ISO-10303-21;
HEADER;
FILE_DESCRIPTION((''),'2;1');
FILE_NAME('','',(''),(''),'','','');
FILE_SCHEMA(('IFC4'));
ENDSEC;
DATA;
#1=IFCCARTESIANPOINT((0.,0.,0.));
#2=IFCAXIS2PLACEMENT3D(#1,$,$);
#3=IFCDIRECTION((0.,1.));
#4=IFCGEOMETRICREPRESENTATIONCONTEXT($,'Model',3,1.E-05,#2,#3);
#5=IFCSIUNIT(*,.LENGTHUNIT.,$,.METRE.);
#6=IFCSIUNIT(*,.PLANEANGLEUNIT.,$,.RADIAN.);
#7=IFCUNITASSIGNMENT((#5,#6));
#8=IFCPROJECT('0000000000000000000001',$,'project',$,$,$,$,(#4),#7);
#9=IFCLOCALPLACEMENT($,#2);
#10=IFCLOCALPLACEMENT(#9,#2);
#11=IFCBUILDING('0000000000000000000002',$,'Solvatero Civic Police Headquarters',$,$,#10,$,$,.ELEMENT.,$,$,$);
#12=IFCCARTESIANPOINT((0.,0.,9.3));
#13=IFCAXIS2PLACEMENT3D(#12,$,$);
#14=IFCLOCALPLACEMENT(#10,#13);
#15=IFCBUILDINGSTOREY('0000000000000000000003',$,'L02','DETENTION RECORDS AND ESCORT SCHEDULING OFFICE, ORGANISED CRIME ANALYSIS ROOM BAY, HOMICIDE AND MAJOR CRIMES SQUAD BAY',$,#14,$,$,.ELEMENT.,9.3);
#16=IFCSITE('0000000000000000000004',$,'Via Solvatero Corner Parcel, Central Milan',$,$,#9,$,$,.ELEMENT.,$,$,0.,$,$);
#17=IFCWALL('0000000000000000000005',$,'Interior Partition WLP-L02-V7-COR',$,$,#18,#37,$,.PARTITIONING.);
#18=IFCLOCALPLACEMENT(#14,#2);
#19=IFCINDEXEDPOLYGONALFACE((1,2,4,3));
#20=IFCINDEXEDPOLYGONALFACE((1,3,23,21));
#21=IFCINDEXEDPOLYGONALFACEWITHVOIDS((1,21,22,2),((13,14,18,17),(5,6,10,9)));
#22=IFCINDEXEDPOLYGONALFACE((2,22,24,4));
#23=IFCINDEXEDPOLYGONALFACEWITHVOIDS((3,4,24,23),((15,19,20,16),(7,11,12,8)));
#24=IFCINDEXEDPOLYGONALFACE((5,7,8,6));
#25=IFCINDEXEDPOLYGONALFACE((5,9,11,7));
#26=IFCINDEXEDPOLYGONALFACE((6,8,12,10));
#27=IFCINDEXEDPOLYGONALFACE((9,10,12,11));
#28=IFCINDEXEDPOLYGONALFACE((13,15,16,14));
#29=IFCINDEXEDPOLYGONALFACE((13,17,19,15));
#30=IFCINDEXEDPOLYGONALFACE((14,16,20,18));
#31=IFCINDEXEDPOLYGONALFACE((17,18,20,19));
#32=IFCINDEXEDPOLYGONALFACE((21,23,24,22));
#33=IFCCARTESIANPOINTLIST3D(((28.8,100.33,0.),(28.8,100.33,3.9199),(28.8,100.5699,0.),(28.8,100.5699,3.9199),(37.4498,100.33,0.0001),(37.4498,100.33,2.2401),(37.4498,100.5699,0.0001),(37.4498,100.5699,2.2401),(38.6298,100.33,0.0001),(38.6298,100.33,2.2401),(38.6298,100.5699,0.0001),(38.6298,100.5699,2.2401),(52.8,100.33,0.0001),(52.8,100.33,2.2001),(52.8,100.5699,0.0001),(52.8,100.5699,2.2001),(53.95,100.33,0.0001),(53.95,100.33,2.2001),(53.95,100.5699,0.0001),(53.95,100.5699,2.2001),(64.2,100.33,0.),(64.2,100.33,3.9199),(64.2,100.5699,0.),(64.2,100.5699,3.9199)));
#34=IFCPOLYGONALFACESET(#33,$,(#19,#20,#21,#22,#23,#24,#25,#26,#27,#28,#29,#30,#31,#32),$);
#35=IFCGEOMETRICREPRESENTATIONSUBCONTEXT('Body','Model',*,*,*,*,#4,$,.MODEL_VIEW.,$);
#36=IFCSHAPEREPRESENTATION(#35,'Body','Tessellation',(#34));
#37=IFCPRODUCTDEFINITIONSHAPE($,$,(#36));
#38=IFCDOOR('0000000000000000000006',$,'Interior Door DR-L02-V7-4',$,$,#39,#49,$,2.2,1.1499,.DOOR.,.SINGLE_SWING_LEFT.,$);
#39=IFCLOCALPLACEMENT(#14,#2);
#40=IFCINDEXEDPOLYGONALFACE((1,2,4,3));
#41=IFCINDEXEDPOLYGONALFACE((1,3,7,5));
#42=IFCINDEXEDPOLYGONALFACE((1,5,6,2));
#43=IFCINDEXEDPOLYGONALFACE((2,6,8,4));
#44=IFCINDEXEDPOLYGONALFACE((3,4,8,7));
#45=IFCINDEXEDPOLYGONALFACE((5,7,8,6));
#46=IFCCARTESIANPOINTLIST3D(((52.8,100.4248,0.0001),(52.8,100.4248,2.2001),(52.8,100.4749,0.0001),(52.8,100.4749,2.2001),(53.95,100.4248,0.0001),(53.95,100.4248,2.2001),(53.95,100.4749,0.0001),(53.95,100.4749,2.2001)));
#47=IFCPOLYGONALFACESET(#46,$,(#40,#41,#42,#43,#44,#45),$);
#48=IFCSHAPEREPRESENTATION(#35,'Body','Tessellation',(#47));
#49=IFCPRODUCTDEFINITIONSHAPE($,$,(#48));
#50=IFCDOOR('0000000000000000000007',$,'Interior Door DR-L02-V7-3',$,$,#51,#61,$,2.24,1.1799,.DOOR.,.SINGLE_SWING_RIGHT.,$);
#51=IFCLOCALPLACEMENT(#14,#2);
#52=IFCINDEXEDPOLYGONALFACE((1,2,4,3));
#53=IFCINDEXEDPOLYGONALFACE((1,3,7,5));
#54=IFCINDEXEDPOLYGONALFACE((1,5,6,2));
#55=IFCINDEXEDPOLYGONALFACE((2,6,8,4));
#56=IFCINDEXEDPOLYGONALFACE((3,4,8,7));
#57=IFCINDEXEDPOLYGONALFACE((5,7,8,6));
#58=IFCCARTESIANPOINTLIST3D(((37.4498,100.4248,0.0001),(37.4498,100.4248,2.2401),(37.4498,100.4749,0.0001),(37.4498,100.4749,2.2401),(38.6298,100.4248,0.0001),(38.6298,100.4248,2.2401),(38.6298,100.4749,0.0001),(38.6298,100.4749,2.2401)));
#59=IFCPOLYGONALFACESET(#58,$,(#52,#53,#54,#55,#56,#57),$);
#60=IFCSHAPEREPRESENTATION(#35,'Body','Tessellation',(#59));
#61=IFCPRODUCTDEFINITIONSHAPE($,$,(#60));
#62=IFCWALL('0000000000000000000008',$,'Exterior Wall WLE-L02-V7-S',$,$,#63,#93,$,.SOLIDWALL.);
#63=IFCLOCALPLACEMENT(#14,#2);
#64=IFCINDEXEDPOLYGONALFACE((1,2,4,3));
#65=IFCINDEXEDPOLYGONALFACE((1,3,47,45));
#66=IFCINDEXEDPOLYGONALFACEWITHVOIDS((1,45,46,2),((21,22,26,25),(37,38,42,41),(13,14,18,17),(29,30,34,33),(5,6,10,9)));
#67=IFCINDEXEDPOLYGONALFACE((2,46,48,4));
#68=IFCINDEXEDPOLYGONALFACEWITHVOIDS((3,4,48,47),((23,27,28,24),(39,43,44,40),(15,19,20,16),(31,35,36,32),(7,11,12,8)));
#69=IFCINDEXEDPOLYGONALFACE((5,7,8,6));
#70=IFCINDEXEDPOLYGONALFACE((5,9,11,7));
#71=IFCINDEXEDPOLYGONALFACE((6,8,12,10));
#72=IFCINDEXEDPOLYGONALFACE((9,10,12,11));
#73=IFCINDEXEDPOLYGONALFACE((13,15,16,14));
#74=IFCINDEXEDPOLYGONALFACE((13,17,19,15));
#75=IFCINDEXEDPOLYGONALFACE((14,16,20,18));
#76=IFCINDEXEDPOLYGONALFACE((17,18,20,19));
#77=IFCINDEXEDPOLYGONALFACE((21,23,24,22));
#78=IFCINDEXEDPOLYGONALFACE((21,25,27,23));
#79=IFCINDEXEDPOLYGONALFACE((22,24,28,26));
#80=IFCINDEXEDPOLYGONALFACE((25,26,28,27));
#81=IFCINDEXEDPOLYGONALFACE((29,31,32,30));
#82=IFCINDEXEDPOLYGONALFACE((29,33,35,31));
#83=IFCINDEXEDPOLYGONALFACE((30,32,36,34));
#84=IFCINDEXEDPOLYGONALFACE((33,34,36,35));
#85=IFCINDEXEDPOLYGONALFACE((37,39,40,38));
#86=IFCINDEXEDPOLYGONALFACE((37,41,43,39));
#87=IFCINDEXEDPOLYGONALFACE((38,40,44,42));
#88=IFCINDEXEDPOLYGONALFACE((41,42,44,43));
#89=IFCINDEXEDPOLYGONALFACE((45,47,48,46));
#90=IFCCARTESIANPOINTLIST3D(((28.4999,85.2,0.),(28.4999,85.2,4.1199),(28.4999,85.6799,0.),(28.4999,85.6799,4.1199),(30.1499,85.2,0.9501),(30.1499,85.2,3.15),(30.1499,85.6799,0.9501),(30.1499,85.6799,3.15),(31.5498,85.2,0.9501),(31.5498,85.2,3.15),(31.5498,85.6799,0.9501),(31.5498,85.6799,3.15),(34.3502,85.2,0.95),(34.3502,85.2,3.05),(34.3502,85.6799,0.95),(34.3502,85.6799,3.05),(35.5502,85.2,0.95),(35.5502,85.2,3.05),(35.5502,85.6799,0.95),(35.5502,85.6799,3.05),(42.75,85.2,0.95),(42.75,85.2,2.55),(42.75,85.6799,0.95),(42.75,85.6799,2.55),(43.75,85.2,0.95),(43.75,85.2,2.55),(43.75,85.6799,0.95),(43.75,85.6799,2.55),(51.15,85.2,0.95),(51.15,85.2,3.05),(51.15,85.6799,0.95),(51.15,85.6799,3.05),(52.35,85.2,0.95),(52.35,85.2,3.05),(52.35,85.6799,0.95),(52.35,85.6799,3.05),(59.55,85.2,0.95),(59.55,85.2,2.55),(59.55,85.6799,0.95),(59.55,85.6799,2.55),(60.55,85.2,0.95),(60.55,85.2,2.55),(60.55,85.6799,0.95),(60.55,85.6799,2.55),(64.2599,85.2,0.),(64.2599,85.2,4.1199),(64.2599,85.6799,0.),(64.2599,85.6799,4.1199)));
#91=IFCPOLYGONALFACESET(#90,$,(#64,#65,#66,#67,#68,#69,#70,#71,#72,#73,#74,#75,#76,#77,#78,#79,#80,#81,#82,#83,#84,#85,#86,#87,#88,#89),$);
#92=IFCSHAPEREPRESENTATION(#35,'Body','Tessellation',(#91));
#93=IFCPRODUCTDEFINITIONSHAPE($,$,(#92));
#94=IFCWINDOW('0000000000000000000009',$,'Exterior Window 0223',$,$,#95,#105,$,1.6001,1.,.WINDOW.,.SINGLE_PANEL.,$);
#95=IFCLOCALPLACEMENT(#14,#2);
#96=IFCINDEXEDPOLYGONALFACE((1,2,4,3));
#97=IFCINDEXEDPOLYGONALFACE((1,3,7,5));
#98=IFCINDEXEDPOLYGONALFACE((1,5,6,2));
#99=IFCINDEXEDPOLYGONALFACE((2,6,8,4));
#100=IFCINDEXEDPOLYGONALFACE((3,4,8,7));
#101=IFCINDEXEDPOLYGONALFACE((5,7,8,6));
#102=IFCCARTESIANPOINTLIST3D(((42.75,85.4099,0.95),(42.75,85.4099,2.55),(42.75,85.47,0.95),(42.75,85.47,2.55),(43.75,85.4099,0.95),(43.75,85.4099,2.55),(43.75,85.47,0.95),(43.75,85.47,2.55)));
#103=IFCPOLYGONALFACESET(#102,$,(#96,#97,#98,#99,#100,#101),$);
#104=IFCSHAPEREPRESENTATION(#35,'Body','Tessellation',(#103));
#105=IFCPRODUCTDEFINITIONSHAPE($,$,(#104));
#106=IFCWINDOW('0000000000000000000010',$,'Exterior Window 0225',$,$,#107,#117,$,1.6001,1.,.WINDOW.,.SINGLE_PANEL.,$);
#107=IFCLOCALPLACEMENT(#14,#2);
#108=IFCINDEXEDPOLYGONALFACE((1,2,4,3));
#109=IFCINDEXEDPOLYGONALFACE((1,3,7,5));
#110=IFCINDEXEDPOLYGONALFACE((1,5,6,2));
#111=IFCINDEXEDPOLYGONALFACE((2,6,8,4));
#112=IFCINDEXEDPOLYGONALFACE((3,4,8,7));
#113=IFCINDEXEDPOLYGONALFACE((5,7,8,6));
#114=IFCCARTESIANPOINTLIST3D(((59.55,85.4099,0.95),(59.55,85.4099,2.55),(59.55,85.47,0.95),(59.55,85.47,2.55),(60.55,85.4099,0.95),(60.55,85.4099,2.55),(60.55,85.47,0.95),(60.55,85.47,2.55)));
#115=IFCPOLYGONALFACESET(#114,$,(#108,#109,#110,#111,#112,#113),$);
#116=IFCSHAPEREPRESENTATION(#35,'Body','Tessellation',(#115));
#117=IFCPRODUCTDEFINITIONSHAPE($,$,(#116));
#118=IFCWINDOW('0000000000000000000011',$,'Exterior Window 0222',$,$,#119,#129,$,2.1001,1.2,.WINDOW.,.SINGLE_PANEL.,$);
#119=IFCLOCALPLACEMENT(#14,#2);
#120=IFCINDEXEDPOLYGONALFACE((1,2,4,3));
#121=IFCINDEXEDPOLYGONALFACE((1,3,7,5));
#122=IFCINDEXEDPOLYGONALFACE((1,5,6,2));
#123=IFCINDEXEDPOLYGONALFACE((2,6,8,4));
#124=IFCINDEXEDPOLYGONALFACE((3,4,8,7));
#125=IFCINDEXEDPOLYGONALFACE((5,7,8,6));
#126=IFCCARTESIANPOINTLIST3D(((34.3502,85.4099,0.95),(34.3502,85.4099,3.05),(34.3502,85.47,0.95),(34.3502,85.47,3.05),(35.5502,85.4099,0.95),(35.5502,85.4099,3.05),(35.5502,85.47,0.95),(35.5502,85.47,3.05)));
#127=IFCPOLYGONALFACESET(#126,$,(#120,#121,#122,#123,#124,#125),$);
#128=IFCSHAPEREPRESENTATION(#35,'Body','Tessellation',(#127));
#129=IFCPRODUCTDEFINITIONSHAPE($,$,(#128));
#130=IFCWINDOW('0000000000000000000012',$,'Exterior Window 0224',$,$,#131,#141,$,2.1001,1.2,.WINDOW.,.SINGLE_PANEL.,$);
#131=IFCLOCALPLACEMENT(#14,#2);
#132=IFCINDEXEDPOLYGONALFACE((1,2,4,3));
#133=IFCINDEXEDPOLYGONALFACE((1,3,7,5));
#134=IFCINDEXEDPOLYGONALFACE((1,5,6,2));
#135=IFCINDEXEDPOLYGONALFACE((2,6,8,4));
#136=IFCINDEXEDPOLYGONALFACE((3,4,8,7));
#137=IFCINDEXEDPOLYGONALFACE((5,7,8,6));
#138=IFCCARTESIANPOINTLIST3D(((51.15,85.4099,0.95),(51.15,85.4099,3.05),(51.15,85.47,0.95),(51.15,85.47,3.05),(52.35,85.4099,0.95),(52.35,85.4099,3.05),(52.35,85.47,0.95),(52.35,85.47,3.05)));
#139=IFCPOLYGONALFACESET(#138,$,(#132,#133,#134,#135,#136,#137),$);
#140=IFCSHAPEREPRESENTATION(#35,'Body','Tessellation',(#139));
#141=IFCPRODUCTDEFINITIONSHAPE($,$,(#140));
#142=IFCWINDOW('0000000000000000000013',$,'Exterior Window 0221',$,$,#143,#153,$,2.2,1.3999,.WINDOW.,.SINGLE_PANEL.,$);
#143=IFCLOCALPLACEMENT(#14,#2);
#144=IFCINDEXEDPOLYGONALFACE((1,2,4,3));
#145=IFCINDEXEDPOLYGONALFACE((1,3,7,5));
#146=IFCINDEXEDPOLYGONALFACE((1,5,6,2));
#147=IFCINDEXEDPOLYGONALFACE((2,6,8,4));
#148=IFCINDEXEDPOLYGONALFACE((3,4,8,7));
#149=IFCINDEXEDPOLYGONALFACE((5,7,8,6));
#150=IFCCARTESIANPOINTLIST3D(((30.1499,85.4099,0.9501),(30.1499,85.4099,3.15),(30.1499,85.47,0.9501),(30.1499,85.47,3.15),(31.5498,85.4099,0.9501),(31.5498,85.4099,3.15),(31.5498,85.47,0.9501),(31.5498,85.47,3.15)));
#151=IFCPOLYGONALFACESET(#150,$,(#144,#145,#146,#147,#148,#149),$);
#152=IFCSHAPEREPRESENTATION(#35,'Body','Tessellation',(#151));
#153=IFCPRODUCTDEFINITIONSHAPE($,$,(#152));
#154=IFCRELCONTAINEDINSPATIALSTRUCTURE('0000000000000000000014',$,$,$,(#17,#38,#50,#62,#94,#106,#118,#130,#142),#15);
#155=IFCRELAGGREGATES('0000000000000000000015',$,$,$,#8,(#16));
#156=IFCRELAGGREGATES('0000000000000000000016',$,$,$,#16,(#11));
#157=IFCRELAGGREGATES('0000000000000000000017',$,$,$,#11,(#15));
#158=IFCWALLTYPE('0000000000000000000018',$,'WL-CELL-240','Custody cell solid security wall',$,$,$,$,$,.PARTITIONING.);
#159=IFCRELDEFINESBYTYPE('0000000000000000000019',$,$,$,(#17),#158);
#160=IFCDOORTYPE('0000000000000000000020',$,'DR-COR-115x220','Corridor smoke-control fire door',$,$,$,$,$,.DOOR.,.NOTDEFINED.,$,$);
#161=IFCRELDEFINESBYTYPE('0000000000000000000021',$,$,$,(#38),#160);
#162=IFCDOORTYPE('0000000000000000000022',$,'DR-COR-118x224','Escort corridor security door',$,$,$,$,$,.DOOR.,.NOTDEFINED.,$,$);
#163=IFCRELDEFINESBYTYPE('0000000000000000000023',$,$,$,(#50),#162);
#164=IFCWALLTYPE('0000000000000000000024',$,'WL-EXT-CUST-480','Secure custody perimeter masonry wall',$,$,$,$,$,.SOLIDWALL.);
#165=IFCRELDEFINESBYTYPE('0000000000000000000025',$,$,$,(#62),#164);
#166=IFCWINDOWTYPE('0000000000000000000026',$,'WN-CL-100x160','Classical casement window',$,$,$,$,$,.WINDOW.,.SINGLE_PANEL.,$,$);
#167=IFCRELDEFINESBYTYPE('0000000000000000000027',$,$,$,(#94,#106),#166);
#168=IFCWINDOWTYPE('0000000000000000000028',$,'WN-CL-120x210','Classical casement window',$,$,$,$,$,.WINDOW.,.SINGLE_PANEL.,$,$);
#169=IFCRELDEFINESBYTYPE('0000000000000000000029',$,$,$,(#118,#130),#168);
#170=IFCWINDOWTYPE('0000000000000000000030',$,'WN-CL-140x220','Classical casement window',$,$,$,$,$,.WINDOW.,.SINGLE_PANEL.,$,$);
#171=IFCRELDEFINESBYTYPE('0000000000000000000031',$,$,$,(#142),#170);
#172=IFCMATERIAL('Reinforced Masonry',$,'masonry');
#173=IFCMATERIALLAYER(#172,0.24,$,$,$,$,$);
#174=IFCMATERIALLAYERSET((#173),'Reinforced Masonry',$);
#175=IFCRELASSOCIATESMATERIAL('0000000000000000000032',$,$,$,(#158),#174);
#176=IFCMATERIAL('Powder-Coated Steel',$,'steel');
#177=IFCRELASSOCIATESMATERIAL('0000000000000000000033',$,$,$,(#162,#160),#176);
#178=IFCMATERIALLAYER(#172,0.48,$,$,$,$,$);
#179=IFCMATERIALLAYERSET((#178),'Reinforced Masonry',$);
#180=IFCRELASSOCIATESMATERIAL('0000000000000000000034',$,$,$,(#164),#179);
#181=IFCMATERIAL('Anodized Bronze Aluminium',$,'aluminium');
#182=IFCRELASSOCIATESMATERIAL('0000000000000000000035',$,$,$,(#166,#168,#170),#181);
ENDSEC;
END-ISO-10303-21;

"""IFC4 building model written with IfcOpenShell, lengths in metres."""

from ifc_helpers import new_model, si_unit, direction, frame, frame_2d, origin, place, context, subcontext, project, spatial, rectangle, extrude, material, layer, layer_set, type_object, element, fill, save


model = new_model("IFC4")

# Units and contexts
model_context = context("Model", 3, precision=1e-05, world=origin(), true_north=direction((0.0, 1.0)))
body_context = subcontext(model_context, "Body", "Model", "MODEL_VIEW")
ifc_project = project(units=[si_unit("LENGTHUNIT", "METRE"), si_unit("PLANEANGLEUNIT", "RADIAN")], contexts=[model_context])

# Site, building, storey
site_placement = place(None, origin())
site = spatial("IfcSite", under=ifc_project, at=site_placement, Name="Via Solvatero Corner Parcel, Central Milan", CompositionType="ELEMENT", RefElevation=0.0)
building_placement = place(site_placement, origin())
building = spatial("IfcBuilding", under=site, at=building_placement, Name="Solvatero Civic Police Headquarters", CompositionType="ELEMENT")
storey_placement = place(building_placement, frame((0.0, 0.0, 9.3)))
storey = spatial("IfcBuildingStorey", under=building, at=storey_placement, Name="L02", Description="DETENTION RECORDS AND ESCORT SCHEDULING OFFICE, ORGANISED CRIME ANALYSIS ROOM BAY, HOMICIDE AND MAJOR CRIMES SQUAD BAY", CompositionType="ELEMENT", Elevation=9.3)

# Wall, openings, doors
ifc_material_1 = material(Name="Reinforced Masonry", Category="masonry")
ifc_layer_1 = layer(ifc_material_1, 0.24)
ifc_layer_set_1 = layer_set([ifc_layer_1], Name="Reinforced Masonry")
wall_type_1 = type_object("IfcWallType", Name="WL-CELL-240", Description="Custody cell solid security wall", PredefinedType="PARTITIONING", material=ifc_layer_set_1)
ifc_material_2 = material(Name="Powder-Coated Steel", Category="steel")
door_type_1 = type_object("IfcDoorType", Name="DR-COR-118x224", Description="Escort corridor security door", OperationType="NOTDEFINED", PredefinedType="DOOR", material=ifc_material_2)
wall_1_placement = place(storey_placement, frame((28.8, 100.45, 0.0), z_axis=(0.0, 0.0, 1.0), x_axis=(1.0, 0.0, 0.0)))
wall_1 = element("IfcWall", 1, at=wall_1_placement, inside=storey, type_object=wall_type_1, Name="Interior Partition WLP-L02-V7-COR", PredefinedType="PARTITIONING", context=body_context, shape_type="SweptSolid", body=[
    extrude(rectangle(XDim=35.3999, YDim=0.24, at=frame_2d((17.7, 0.0))), origin(), (0.0, 0.0, 1.0), 3.9199),
])
opening_1_placement = place(wall_1_placement, frame((8.6499, 0.0, 0.0)))
opening_1 = element("IfcOpeningElement", 2, at=opening_1_placement, cuts=wall_1, PredefinedType="OPENING", context=body_context, shape_type="SweptSolid", body=[
    extrude(rectangle(XDim=1.1799, YDim=2.24, at=frame_2d((0.5898, 1.1201))), frame((0.0, 0.1299, 0.0), z_axis=(0.0, -1.0, 0.0), x_axis=(1.0, 0.0, 0.0)), (0.0, 0.0, 1.0), 0.26),
])
opening_2_placement = place(wall_1_placement, frame((24.0, 0.0, 0.0)))
opening_2 = element("IfcOpeningElement", 3, at=opening_2_placement, cuts=wall_1, PredefinedType="OPENING", context=body_context, shape_type="SweptSolid", body=[
    extrude(rectangle(XDim=1.1499, YDim=2.2, at=frame_2d((0.575, 1.1001))), frame((0.0, 0.1299, 0.0), z_axis=(0.0, -1.0, 0.0), x_axis=(1.0, 0.0, 0.0)), (0.0, 0.0, 1.0), 0.26),
])
door_type_2 = type_object("IfcDoorType", Name="DR-COR-115x220", Description="Corridor smoke-control fire door", OperationType="NOTDEFINED", PredefinedType="DOOR", material=ifc_material_2)
door_1_placement = place(opening_2_placement, origin())
door_1 = element("IfcDoor", 4, at=door_1_placement, inside=storey, type_object=door_type_2, Name="Interior Door DR-L02-V7-4", OperationType="SINGLE_SWING_LEFT", OverallHeight=2.2, OverallWidth=1.1499, PredefinedType="DOOR", context=body_context, shape_type="SweptSolid", body=[
    extrude(rectangle(XDim=1.1499, YDim=2.2, at=frame_2d((0.575, 1.1001))), frame((0.0, 0.0249, 0.0), z_axis=(0.0, -1.0, 0.0), x_axis=(1.0, 0.0, 0.0)), (0.0, 0.0, 1.0), 0.05),
])
fill(opening_2, door_1)
door_2_placement = place(opening_1_placement, origin())
door_2 = element("IfcDoor", 5, at=door_2_placement, inside=storey, type_object=door_type_1, Name="Interior Door DR-L02-V7-3", OperationType="SINGLE_SWING_RIGHT", OverallHeight=2.24, OverallWidth=1.1799, PredefinedType="DOOR", context=body_context, shape_type="SweptSolid", body=[
    extrude(rectangle(XDim=1.1799, YDim=2.24, at=frame_2d((0.5898, 1.1201))), frame((0.0, 0.0249, 0.0), z_axis=(0.0, -1.0, 0.0), x_axis=(1.0, 0.0, 0.0)), (0.0, 0.0, 1.0), 0.05),
])
fill(opening_1, door_2)

# Wall, openings, windows
ifc_layer_2 = layer(ifc_material_1, 0.48)
ifc_layer_set_2 = layer_set([ifc_layer_2], Name="Reinforced Masonry")
wall_type_2 = type_object("IfcWallType", Name="WL-EXT-CUST-480", Description="Secure custody perimeter masonry wall", PredefinedType="SOLIDWALL", material=ifc_layer_set_2)
wall_2_placement = place(storey_placement, frame((28.5, 85.4399, 0.0), z_axis=(0.0, 0.0, 1.0), x_axis=(1.0, 0.0, 0.0)))
wall_2 = element("IfcWall", 6, at=wall_2_placement, inside=storey, type_object=wall_type_2, Name="Exterior Wall WLE-L02-V7-S", PredefinedType="SOLIDWALL", context=body_context, shape_type="SweptSolid", body=[
    extrude(rectangle(XDim=35.76, YDim=0.48, at=frame_2d((17.8799, 0.0))), origin(), (0.0, 0.0, 1.0), 4.1199),
])
opening_3_placement = place(wall_2_placement, frame((1.6499, 0.0, 0.95)))
opening_3 = element("IfcOpeningElement", 7, at=opening_3_placement, cuts=wall_2, PredefinedType="OPENING", context=body_context, shape_type="SweptSolid", body=[
    extrude(rectangle(XDim=1.3999, YDim=2.2, at=frame_2d((0.7, 1.1001))), frame((0.0, 0.25, 0.0), z_axis=(0.0, -1.0, 0.0), x_axis=(1.0, 0.0, 0.0)), (0.0, 0.0, 1.0), 0.5),
])
opening_4_placement = place(wall_2_placement, frame((5.8501, 0.0, 0.95)))
opening_4 = element("IfcOpeningElement", 8, at=opening_4_placement, cuts=wall_2, PredefinedType="OPENING", context=body_context, shape_type="SweptSolid", body=[
    extrude(rectangle(XDim=1.2, YDim=2.1001, at=frame_2d((0.6001, 1.05))), frame((0.0, 0.25, 0.0), z_axis=(0.0, -1.0, 0.0), x_axis=(1.0, 0.0, 0.0)), (0.0, 0.0, 1.0), 0.5),
])
opening_5_placement = place(wall_2_placement, frame((14.25, 0.0, 0.95)))
opening_5 = element("IfcOpeningElement", 9, at=opening_5_placement, cuts=wall_2, PredefinedType="OPENING", context=body_context, shape_type="SweptSolid", body=[
    extrude(rectangle(XDim=1.0, YDim=1.6001, at=frame_2d((0.5, 0.8))), frame((0.0, 0.25, 0.0), z_axis=(0.0, -1.0, 0.0), x_axis=(1.0, 0.0, 0.0)), (0.0, 0.0, 1.0), 0.5),
])
opening_6_placement = place(wall_2_placement, frame((22.6499, 0.0, 0.95)))
opening_6 = element("IfcOpeningElement", 10, at=opening_6_placement, cuts=wall_2, PredefinedType="OPENING", context=body_context, shape_type="SweptSolid", body=[
    extrude(rectangle(XDim=1.2, YDim=2.1001, at=frame_2d((0.6001, 1.05))), frame((0.0, 0.25, 0.0), z_axis=(0.0, -1.0, 0.0), x_axis=(1.0, 0.0, 0.0)), (0.0, 0.0, 1.0), 0.5),
])
opening_7_placement = place(wall_2_placement, frame((31.05, 0.0, 0.95)))
opening_7 = element("IfcOpeningElement", 11, at=opening_7_placement, cuts=wall_2, PredefinedType="OPENING", context=body_context, shape_type="SweptSolid", body=[
    extrude(rectangle(XDim=1.0, YDim=1.6001, at=frame_2d((0.5, 0.8))), frame((0.0, 0.25, 0.0), z_axis=(0.0, -1.0, 0.0), x_axis=(1.0, 0.0, 0.0)), (0.0, 0.0, 1.0), 0.5),
])
ifc_material_3 = material(Name="Anodized Bronze Aluminium", Category="aluminium")
window_type_1 = type_object("IfcWindowType", Name="WN-CL-100x160", Description="Classical casement window", PartitioningType="SINGLE_PANEL", PredefinedType="WINDOW", material=ifc_material_3)
window_1_placement = place(opening_5_placement, origin())
window_1 = element("IfcWindow", 12, at=window_1_placement, inside=storey, type_object=window_type_1, Name="Exterior Window 0223", OverallHeight=1.6001, OverallWidth=1.0, PartitioningType="SINGLE_PANEL", PredefinedType="WINDOW", context=body_context, shape_type="SweptSolid", body=[
    extrude(rectangle(XDim=1.0, YDim=1.6001, at=frame_2d((0.5, 0.8))), frame((0.0, 0.03, 0.0), z_axis=(0.0, -1.0, 0.0), x_axis=(1.0, 0.0, 0.0)), (0.0, 0.0, 1.0), 0.0601),
])
fill(opening_5, window_1)
window_2_placement = place(opening_7_placement, origin())
window_2 = element("IfcWindow", 13, at=window_2_placement, inside=storey, type_object=window_type_1, Name="Exterior Window 0225", OverallHeight=1.6001, OverallWidth=1.0, PartitioningType="SINGLE_PANEL", PredefinedType="WINDOW", context=body_context, shape_type="SweptSolid", body=[
    extrude(rectangle(XDim=1.0, YDim=1.6001, at=frame_2d((0.5, 0.8))), frame((0.0, 0.03, 0.0), z_axis=(0.0, -1.0, 0.0), x_axis=(1.0, 0.0, 0.0)), (0.0, 0.0, 1.0), 0.0601),
])
fill(opening_7, window_2)
window_type_2 = type_object("IfcWindowType", Name="WN-CL-120x210", Description="Classical casement window", PartitioningType="SINGLE_PANEL", PredefinedType="WINDOW", material=ifc_material_3)
window_3_placement = place(opening_4_placement, origin())
window_3 = element("IfcWindow", 14, at=window_3_placement, inside=storey, type_object=window_type_2, Name="Exterior Window 0222", OverallHeight=2.1001, OverallWidth=1.2, PartitioningType="SINGLE_PANEL", PredefinedType="WINDOW", context=body_context, shape_type="SweptSolid", body=[
    extrude(rectangle(XDim=1.2, YDim=2.1001, at=frame_2d((0.6001, 1.05))), frame((0.0, 0.03, 0.0), z_axis=(0.0, -1.0, 0.0), x_axis=(1.0, 0.0, 0.0)), (0.0, 0.0, 1.0), 0.0601),
])
fill(opening_4, window_3)
window_4_placement = place(opening_6_placement, origin())
window_4 = element("IfcWindow", 15, at=window_4_placement, inside=storey, type_object=window_type_2, Name="Exterior Window 0224", OverallHeight=2.1001, OverallWidth=1.2, PartitioningType="SINGLE_PANEL", PredefinedType="WINDOW", context=body_context, shape_type="SweptSolid", body=[
    extrude(rectangle(XDim=1.2, YDim=2.1001, at=frame_2d((0.6001, 1.05))), frame((0.0, 0.03, 0.0), z_axis=(0.0, -1.0, 0.0), x_axis=(1.0, 0.0, 0.0)), (0.0, 0.0, 1.0), 0.0601),
])
fill(opening_6, window_4)
window_type_3 = type_object("IfcWindowType", Name="WN-CL-140x220", Description="Classical casement window", PartitioningType="SINGLE_PANEL", PredefinedType="WINDOW", material=ifc_material_3)
window_5_placement = place(opening_3_placement, origin())
window_5 = element("IfcWindow", 16, at=window_5_placement, inside=storey, type_object=window_type_3, Name="Exterior Window 0221", OverallHeight=2.2, OverallWidth=1.3999, PartitioningType="SINGLE_PANEL", PredefinedType="WINDOW", context=body_context, shape_type="SweptSolid", body=[
    extrude(rectangle(XDim=1.3999, YDim=2.2, at=frame_2d((0.7, 1.1001))), frame((0.0, 0.03, 0.0), z_axis=(0.0, -1.0, 0.0), x_axis=(1.0, 0.0, 0.0)), (0.0, 0.0, 1.0), 0.0601),
])
fill(opening_3, window_5)

save(model, "model.ifc")
